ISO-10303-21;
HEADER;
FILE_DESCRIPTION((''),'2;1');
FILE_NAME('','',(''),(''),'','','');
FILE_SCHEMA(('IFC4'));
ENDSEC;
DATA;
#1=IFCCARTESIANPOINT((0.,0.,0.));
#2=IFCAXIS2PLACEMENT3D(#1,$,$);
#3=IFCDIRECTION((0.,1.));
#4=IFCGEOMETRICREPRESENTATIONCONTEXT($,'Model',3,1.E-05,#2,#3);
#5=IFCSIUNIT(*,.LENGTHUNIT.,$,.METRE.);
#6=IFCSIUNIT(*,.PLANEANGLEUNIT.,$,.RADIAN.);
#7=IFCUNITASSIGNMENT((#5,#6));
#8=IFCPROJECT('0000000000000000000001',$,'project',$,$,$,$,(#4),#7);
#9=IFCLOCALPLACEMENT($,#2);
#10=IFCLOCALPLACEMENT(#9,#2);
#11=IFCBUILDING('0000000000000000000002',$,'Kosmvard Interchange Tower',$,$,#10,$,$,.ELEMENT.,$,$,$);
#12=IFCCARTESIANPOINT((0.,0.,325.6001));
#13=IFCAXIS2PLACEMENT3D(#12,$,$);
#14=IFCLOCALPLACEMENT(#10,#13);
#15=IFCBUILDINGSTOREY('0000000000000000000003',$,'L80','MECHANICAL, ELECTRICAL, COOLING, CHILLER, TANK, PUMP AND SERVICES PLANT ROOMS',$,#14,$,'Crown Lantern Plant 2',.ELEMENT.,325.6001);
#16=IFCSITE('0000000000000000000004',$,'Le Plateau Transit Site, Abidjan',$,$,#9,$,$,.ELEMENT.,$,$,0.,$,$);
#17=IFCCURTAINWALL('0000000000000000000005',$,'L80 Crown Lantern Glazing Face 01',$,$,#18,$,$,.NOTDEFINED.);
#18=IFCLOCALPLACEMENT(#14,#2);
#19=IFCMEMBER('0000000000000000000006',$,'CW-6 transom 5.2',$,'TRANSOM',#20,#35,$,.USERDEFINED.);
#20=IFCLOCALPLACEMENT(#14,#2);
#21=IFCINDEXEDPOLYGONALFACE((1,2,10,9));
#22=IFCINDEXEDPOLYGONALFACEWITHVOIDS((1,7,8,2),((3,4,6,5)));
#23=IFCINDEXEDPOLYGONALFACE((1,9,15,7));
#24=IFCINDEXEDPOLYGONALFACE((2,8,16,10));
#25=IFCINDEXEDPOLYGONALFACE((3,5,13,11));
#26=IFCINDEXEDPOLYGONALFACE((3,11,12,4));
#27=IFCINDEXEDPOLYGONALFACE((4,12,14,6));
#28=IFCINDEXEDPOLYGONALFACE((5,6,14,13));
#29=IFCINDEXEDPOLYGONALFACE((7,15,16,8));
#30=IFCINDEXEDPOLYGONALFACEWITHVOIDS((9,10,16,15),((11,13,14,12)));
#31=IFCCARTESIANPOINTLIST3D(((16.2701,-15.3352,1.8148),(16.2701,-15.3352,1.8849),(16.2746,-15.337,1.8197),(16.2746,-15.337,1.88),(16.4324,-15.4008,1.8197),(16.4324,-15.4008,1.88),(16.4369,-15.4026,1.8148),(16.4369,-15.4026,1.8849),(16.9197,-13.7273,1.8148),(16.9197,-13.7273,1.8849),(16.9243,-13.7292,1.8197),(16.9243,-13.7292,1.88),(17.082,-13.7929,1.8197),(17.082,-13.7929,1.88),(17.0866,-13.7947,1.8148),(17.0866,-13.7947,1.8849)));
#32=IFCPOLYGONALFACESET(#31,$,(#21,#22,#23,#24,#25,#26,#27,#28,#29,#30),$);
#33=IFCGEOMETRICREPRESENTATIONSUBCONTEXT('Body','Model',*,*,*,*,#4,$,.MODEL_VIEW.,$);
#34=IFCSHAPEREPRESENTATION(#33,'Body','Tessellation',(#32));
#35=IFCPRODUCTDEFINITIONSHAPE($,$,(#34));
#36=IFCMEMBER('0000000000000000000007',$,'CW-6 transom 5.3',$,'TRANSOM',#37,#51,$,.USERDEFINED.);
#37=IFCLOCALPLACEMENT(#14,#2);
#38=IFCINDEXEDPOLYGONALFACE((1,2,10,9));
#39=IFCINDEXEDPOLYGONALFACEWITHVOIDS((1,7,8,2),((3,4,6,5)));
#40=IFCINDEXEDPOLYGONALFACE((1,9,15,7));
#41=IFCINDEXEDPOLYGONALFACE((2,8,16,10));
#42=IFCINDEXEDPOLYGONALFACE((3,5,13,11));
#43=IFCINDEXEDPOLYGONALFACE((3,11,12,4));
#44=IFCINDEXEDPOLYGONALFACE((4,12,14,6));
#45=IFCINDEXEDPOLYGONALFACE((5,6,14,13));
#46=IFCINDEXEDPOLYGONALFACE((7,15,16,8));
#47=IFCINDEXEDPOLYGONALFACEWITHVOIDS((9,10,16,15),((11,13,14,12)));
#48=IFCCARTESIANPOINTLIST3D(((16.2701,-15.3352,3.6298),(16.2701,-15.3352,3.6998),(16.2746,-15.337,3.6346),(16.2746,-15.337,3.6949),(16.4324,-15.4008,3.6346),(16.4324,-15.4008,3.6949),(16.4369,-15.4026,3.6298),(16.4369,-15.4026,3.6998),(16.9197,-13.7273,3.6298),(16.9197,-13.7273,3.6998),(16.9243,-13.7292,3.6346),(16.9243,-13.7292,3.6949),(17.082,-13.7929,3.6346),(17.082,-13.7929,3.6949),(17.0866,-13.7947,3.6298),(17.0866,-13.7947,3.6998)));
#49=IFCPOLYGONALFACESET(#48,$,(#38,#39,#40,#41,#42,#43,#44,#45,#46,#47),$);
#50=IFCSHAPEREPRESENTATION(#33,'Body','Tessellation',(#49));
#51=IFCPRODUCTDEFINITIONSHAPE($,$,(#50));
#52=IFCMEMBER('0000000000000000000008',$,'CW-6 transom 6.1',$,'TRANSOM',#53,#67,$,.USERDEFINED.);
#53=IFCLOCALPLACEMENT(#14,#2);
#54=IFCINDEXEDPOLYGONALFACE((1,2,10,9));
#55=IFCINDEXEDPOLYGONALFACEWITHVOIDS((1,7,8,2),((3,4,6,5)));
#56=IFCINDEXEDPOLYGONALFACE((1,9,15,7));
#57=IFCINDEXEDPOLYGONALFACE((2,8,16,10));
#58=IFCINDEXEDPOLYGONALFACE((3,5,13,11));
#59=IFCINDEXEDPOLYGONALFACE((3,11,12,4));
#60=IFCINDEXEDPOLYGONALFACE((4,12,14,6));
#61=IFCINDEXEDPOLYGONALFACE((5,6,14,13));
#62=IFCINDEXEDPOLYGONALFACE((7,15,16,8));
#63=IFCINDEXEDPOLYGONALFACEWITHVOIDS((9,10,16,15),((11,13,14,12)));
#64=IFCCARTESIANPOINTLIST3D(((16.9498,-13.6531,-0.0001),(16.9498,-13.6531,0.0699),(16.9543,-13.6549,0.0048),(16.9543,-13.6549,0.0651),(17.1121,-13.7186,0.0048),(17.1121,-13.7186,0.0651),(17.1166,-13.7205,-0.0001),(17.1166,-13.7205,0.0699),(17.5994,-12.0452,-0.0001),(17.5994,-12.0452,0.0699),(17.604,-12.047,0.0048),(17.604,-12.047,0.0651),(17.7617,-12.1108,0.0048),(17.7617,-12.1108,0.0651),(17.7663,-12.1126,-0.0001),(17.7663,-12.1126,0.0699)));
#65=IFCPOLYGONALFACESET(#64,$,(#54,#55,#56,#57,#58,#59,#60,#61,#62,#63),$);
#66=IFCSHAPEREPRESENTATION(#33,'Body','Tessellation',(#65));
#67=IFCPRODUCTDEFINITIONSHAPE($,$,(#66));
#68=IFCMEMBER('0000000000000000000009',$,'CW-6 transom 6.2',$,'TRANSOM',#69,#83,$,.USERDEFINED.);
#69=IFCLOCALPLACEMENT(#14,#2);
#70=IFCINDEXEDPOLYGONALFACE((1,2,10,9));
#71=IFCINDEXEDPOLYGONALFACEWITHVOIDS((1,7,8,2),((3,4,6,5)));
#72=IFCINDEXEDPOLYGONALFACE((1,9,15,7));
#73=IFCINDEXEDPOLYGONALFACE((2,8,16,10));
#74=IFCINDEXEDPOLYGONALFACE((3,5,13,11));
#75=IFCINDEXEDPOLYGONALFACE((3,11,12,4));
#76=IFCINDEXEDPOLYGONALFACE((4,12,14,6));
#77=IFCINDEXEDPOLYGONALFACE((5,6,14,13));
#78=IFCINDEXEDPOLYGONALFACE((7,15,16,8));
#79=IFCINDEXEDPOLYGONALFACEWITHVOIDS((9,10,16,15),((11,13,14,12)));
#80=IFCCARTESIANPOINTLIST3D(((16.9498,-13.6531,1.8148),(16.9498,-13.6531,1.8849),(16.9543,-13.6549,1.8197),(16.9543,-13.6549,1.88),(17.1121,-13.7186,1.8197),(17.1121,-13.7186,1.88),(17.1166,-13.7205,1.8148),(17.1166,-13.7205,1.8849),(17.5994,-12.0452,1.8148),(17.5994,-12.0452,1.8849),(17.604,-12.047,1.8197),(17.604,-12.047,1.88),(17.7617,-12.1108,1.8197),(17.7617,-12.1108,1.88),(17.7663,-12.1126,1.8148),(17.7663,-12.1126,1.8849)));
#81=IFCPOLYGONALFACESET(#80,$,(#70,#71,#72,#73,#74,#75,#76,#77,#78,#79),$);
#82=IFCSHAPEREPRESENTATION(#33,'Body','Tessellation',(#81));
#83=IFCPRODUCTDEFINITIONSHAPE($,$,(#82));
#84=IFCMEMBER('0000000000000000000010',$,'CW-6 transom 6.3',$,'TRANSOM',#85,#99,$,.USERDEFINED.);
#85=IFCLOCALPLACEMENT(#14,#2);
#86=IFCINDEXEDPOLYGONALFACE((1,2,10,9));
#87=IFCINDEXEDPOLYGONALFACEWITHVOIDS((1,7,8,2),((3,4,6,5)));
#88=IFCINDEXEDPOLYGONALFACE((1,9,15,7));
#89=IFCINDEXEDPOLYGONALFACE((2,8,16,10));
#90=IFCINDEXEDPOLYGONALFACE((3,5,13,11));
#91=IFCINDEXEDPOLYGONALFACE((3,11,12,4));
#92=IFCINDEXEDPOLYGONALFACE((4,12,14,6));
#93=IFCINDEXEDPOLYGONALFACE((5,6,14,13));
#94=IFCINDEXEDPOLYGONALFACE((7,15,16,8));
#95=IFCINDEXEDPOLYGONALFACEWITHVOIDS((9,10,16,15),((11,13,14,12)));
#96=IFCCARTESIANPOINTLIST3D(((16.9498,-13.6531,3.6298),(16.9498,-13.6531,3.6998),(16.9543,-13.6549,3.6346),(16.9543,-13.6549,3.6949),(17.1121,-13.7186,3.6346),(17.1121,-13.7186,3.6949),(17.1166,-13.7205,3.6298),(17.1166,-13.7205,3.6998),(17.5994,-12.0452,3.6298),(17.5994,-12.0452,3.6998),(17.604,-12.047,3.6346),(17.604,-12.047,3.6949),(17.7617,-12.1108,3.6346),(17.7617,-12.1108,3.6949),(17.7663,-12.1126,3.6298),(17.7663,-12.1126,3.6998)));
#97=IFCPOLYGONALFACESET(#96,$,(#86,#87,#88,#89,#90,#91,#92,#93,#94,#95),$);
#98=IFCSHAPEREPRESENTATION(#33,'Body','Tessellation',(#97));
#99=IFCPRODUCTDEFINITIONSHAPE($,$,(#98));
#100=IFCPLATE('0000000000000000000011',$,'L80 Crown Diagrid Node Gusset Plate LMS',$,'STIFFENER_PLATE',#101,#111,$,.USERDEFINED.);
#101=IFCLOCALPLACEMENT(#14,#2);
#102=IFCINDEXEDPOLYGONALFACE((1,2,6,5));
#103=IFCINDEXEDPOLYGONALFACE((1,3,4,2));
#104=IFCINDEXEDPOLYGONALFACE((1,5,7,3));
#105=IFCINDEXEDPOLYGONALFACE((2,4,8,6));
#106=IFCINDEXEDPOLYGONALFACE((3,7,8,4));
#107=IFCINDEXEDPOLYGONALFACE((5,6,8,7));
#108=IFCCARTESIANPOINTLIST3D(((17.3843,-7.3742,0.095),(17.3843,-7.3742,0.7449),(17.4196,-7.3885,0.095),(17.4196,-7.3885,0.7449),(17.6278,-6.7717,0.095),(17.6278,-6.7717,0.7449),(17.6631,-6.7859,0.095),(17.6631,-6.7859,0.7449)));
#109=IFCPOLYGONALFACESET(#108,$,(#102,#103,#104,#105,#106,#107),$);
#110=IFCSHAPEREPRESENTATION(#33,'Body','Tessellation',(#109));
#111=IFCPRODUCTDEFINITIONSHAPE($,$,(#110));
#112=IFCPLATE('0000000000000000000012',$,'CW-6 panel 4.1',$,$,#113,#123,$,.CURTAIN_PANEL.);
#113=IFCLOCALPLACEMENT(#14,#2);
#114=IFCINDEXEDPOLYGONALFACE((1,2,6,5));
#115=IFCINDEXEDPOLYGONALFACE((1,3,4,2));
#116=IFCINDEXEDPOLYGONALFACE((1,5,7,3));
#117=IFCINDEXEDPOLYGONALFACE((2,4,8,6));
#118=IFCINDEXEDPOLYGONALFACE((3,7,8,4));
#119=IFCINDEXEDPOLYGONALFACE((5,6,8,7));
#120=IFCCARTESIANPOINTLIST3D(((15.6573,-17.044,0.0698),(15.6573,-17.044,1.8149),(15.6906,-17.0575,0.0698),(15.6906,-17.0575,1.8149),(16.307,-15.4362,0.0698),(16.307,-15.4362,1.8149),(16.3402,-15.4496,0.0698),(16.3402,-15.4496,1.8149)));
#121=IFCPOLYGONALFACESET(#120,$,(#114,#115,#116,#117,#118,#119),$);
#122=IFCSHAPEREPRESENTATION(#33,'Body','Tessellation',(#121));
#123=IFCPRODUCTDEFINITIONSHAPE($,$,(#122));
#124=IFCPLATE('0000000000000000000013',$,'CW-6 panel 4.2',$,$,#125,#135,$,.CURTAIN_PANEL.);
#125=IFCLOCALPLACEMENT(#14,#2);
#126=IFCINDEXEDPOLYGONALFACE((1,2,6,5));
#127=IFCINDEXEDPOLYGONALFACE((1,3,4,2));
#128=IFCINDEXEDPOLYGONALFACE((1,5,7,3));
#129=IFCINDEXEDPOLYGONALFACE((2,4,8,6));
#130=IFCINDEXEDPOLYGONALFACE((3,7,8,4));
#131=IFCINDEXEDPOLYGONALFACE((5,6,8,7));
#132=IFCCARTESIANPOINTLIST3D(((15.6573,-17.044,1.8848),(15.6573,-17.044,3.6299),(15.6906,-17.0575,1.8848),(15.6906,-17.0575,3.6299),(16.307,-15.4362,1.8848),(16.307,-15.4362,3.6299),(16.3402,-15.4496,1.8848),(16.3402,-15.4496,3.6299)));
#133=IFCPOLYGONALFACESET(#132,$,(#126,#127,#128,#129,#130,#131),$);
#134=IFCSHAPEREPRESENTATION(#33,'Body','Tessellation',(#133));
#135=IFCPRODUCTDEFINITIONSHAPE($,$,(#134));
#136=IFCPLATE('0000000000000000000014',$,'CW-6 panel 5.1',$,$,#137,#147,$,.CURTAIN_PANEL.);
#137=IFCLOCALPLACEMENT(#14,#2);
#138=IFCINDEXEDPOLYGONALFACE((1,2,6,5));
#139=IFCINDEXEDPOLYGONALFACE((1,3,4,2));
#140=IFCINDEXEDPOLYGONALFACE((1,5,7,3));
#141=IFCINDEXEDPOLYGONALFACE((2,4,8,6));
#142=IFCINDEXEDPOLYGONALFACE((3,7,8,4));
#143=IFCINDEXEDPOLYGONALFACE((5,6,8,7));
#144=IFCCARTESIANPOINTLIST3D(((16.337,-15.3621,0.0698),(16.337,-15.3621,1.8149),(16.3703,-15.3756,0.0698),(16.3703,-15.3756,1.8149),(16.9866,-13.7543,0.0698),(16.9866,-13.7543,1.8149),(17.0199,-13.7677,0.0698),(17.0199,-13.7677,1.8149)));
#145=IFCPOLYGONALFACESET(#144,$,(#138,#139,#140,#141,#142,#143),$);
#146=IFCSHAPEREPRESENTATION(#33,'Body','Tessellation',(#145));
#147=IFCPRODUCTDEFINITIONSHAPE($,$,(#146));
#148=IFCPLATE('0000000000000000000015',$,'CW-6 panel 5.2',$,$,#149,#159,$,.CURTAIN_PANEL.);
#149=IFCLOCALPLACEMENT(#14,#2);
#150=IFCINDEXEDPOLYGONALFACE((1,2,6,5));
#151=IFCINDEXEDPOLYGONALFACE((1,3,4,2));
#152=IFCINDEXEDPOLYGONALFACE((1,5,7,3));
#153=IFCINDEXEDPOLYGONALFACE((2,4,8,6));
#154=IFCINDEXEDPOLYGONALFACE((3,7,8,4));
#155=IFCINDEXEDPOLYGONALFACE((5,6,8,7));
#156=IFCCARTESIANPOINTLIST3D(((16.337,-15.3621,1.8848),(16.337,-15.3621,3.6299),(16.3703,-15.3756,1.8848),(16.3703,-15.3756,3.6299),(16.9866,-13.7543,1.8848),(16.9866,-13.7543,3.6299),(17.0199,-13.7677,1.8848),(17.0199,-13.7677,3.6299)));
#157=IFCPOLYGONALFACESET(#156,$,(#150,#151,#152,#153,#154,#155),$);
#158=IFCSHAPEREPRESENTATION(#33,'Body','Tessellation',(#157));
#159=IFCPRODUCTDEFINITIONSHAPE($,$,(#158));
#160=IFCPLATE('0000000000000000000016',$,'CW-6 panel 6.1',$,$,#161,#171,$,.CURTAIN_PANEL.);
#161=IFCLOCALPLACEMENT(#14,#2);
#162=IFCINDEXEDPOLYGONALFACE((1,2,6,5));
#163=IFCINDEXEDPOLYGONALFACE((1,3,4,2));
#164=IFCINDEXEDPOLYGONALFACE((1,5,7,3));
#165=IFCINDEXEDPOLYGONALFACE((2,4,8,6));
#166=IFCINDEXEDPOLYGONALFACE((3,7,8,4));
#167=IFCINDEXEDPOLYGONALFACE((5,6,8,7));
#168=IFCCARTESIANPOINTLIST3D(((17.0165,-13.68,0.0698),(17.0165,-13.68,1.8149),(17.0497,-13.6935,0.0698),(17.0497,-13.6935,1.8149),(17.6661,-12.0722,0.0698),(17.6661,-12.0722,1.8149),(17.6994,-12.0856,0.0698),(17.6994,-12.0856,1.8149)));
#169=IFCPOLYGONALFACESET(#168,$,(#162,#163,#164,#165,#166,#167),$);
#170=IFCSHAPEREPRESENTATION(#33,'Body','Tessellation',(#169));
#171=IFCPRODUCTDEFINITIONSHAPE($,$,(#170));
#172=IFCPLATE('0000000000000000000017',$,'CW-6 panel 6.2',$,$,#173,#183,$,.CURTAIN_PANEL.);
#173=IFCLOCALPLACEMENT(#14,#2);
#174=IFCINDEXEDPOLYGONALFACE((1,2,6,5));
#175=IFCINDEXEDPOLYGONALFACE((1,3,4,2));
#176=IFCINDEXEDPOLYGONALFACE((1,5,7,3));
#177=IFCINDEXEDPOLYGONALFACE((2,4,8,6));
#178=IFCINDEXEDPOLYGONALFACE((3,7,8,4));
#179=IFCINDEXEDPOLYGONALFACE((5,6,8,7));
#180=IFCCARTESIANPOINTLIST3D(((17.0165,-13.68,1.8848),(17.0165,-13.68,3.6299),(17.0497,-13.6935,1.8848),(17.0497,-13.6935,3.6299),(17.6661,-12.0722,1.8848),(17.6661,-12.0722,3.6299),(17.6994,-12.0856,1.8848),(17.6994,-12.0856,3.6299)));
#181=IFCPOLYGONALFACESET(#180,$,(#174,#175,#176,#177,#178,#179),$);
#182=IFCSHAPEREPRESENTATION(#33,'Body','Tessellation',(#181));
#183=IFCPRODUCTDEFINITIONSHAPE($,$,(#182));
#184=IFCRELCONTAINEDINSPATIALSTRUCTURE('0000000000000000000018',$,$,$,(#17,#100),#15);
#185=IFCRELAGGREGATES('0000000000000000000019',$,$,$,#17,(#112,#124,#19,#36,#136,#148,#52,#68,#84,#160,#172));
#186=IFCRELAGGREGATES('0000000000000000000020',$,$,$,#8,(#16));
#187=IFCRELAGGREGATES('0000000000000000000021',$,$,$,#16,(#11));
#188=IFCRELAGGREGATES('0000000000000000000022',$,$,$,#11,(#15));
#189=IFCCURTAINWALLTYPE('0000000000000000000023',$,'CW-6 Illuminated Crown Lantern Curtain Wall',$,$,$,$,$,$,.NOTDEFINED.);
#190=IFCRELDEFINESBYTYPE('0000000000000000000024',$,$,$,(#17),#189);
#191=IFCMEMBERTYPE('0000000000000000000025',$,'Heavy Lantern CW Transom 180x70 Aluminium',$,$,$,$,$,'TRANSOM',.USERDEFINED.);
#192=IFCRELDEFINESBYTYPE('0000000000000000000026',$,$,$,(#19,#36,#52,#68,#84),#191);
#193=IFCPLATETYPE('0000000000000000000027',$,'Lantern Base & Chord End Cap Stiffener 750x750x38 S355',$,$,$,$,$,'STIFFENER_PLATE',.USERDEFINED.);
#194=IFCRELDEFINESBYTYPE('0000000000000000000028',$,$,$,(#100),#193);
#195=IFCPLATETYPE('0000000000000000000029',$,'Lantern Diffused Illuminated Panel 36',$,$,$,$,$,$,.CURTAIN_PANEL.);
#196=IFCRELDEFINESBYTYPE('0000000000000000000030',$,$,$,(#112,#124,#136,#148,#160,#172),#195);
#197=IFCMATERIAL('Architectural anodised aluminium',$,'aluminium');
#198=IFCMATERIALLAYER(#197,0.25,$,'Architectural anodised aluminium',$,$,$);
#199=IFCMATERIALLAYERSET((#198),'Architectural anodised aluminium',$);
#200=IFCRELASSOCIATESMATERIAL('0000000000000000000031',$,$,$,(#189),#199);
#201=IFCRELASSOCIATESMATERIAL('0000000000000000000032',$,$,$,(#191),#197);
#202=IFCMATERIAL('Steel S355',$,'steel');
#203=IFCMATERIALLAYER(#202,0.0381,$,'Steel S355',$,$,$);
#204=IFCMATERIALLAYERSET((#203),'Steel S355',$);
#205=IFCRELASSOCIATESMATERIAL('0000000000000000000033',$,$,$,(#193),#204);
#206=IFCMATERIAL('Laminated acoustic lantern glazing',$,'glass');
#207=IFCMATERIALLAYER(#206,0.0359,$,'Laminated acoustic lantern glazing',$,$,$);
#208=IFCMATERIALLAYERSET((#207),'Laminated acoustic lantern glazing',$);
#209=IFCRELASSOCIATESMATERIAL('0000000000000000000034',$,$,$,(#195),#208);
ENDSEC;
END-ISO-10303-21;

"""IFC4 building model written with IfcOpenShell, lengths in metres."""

from ifc_helpers import new_model, si_unit, direction, frame, origin, origin_2d, place, context, subcontext, project, spatial, rectangle, hollow_rectangle, extrude, source, transform, mapped, material, layer, layer_set, material_profile, profile_set, type_object, element, aggregate, save


model = new_model("IFC4")

# Units and contexts
model_context = context("Model", 3, precision=1e-05, world=origin(), true_north=direction((0.0, 1.0)))
body_context = subcontext(model_context, "Body", "Model", "MODEL_VIEW")
ifc_project = project(units=[si_unit("LENGTHUNIT", "METRE"), si_unit("PLANEANGLEUNIT", "RADIAN")], contexts=[model_context])

# Site, building, storey
site_placement = place(None, origin())
site = spatial("IfcSite", under=ifc_project, at=site_placement, Name="Le Plateau Transit Site, Abidjan", CompositionType="ELEMENT", RefElevation=0.0)
building_placement = place(site_placement, origin())
building = spatial("IfcBuilding", under=site, at=building_placement, Name="Kosmvard Interchange Tower", CompositionType="ELEMENT")
storey_placement = place(building_placement, frame((0.0, 0.0, 325.6001)))
storey = spatial("IfcBuildingStorey", under=building, at=storey_placement, Name="L80", Description="MECHANICAL, ELECTRICAL, COOLING, CHILLER, TANK, PUMP AND SERVICES PLANT ROOMS", LongName="Crown Lantern Plant 2", CompositionType="ELEMENT", Elevation=325.6001)

# Shared definitions
ifc_material_1 = material(Name="Steel S355", Category="steel")

# Curtain wall, members
ifc_material_2 = material(Name="Architectural anodised aluminium", Category="aluminium")
ifc_layer_1 = layer(ifc_material_2, 0.25, Name="Architectural anodised aluminium")
ifc_layer_set_1 = layer_set([ifc_layer_1], Name="Architectural anodised aluminium")
curtain_wall_type = type_object("IfcCurtainWallType", Name="CW-6 Illuminated Crown Lantern Curtain Wall", PredefinedType="NOTDEFINED", material=ifc_layer_set_1)
curtain_wall_placement = place(storey_placement, origin())
curtain_wall = element("IfcCurtainWall", 1, at=curtain_wall_placement, inside=storey, type_object=curtain_wall_type, Name="L80 Crown Lantern Glazing Face 01", PredefinedType="NOTDEFINED")
ifc_material_profile_1 = material_profile(ifc_material_2, hollow_rectangle(XDim=0.1799, YDim=0.0701, WallThickness=0.0049, at=origin_2d()), Name="CWT 180x70x5")
ifc_profile_set_1 = profile_set([ifc_material_profile_1], Name="Architectural anodised aluminium")
member_type_1 = type_object("IfcMemberType", Name="Heavy Lantern CW Transom 180x70 Aluminium", ElementType="TRANSOM", PredefinedType="USERDEFINED", material=ifc_profile_set_1)
shared_shape_1 = source(origin(), body_context, "Body", "SweptSolid", [
    extrude(hollow_rectangle(XDim=0.1799, YDim=0.0701, WallThickness=0.0049, at=origin_2d()), origin(), (0.0, 0.0, 1.0), 1.7341),
])
member_1_placement = place(storey_placement, frame((16.3535, -15.3689, 1.8499), z_axis=(0.374617, 0.92718, 0.0), x_axis=(-0.92718, 0.374617, 0.0)))
member_1 = element("IfcMember", 2, at=member_1_placement, type_object=member_type_1, Name="CW-6 transom 5.2", ObjectType="TRANSOM", PredefinedType="USERDEFINED", context=body_context, shape_type="MappedRepresentation", body=[
    mapped(shared_shape_1, transform((0.0, 0.0, 0.0), scale=1.0)),
])
member_2_placement = place(storey_placement, frame((16.3535, -15.3689, 3.6648), z_axis=(0.374617, 0.92718, 0.0), x_axis=(-0.92718, 0.374617, 0.0)))
member_2 = element("IfcMember", 3, at=member_2_placement, type_object=member_type_1, Name="CW-6 transom 5.3", ObjectType="TRANSOM", PredefinedType="USERDEFINED", context=body_context, shape_type="MappedRepresentation", body=[
    mapped(shared_shape_1, transform((0.0, 0.0, 0.0), scale=1.0)),
])
member_3_placement = place(storey_placement, frame((17.0332, -13.6868, 0.0349), z_axis=(0.374617, 0.92718, 0.0), x_axis=(-0.92718, 0.374617, 0.0)))
member_3 = element("IfcMember", 4, at=member_3_placement, type_object=member_type_1, Name="CW-6 transom 6.1", ObjectType="TRANSOM", PredefinedType="USERDEFINED", context=body_context, shape_type="MappedRepresentation", body=[
    mapped(shared_shape_1, transform((0.0, 0.0, 0.0), scale=1.0)),
])
member_4_placement = place(storey_placement, frame((17.0332, -13.6868, 1.8499), z_axis=(0.374617, 0.92718, 0.0), x_axis=(-0.92718, 0.374617, 0.0)))
member_4 = element("IfcMember", 5, at=member_4_placement, type_object=member_type_1, Name="CW-6 transom 6.2", ObjectType="TRANSOM", PredefinedType="USERDEFINED", context=body_context, shape_type="MappedRepresentation", body=[
    mapped(shared_shape_1, transform((0.0, 0.0, 0.0), scale=1.0)),
])
member_5_placement = place(storey_placement, frame((17.0332, -13.6868, 3.6648), z_axis=(0.374617, 0.92718, 0.0), x_axis=(-0.92718, 0.374617, 0.0)))
member_5 = element("IfcMember", 6, at=member_5_placement, type_object=member_type_1, Name="CW-6 transom 6.3", ObjectType="TRANSOM", PredefinedType="USERDEFINED", context=body_context, shape_type="MappedRepresentation", body=[
    mapped(shared_shape_1, transform((0.0, 0.0, 0.0), scale=1.0)),
])

# Plates
ifc_layer_2 = layer(ifc_material_1, 0.0381, Name="Steel S355")
ifc_layer_set_2 = layer_set([ifc_layer_2], Name="Steel S355")
plate_type_1 = type_object("IfcPlateType", Name="Lantern Base & Chord End Cap Stiffener 750x750x38 S355", ElementType="STIFFENER_PLATE", PredefinedType="USERDEFINED", material=ifc_layer_set_2)
shared_shape_2 = source(origin(), body_context, "Body", "SweptSolid", [
    extrude(rectangle(XDim=0.6499, YDim=0.0381, at=origin_2d()), origin(), (0.0, 0.0, 1.0), 0.6499),
])
plate_1_placement = place(storey_placement, frame((17.5237, -7.0801, 0.095), z_axis=(0.0, 0.0, 1.0), x_axis=(0.374607, 0.927184, 0.0)))
element("IfcPlate", 7, at=plate_1_placement, inside=storey, type_object=plate_type_1, Name="L80 Crown Diagrid Node Gusset Plate LMS", ObjectType="STIFFENER_PLATE", PredefinedType="USERDEFINED", context=body_context, shape_type="MappedRepresentation", body=[
    mapped(shared_shape_2, transform((0.0, 0.0, 0.0), scale=1.0)),
])
ifc_material_3 = material(Name="Laminated acoustic lantern glazing", Category="glass")
ifc_layer_3 = layer(ifc_material_3, 0.0359, Name="Laminated acoustic lantern glazing")
ifc_layer_set_3 = layer_set([ifc_layer_3], Name="Laminated acoustic lantern glazing")
plate_type_2 = type_object("IfcPlateType", Name="Lantern Diffused Illuminated Panel 36", PredefinedType="CURTAIN_PANEL", material=ifc_layer_set_3)
shared_shape_3 = source(origin(), body_context, "Body", "SweptSolid", [
    extrude(rectangle(XDim=1.7341, YDim=0.0359, at=origin_2d()), origin(), (0.0, 0.0, 1.0), 1.7451),
])
plate_2_placement = place(storey_placement, frame((15.9988, -16.2468, 0.0698), z_axis=(0.0, 0.0, 1.0), x_axis=(0.374607, 0.927184, 0.0)))
plate_2 = element("IfcPlate", 8, at=plate_2_placement, type_object=plate_type_2, Name="CW-6 panel 4.1", PredefinedType="CURTAIN_PANEL", context=body_context, shape_type="MappedRepresentation", body=[
    mapped(shared_shape_3, transform((0.0, 0.0, 0.0), scale=1.0)),
])
plate_3_placement = place(storey_placement, frame((15.9988, -16.2468, 1.8848), z_axis=(0.0, 0.0, 1.0), x_axis=(0.374607, 0.927184, 0.0)))
plate_3 = element("IfcPlate", 9, at=plate_3_placement, type_object=plate_type_2, Name="CW-6 panel 4.2", PredefinedType="CURTAIN_PANEL", context=body_context, shape_type="MappedRepresentation", body=[
    mapped(shared_shape_3, transform((0.0, 0.0, 0.0), scale=1.0)),
])
plate_4_placement = place(storey_placement, frame((16.6785, -14.5649, 0.0698), z_axis=(0.0, 0.0, 1.0), x_axis=(0.374607, 0.927184, 0.0)))
plate_4 = element("IfcPlate", 10, at=plate_4_placement, type_object=plate_type_2, Name="CW-6 panel 5.1", PredefinedType="CURTAIN_PANEL", context=body_context, shape_type="MappedRepresentation", body=[
    mapped(shared_shape_3, transform((0.0, 0.0, 0.0), scale=1.0)),
])
plate_5_placement = place(storey_placement, frame((16.6785, -14.5649, 1.8848), z_axis=(0.0, 0.0, 1.0), x_axis=(0.374607, 0.927184, 0.0)))
plate_5 = element("IfcPlate", 11, at=plate_5_placement, type_object=plate_type_2, Name="CW-6 panel 5.2", PredefinedType="CURTAIN_PANEL", context=body_context, shape_type="MappedRepresentation", body=[
    mapped(shared_shape_3, transform((0.0, 0.0, 0.0), scale=1.0)),
])
plate_6_placement = place(storey_placement, frame((17.3579, -12.8828, 0.0698), z_axis=(0.0, 0.0, 1.0), x_axis=(0.374607, 0.927184, 0.0)))
plate_6 = element("IfcPlate", 12, at=plate_6_placement, type_object=plate_type_2, Name="CW-6 panel 6.1", PredefinedType="CURTAIN_PANEL", context=body_context, shape_type="MappedRepresentation", body=[
    mapped(shared_shape_3, transform((0.0, 0.0, 0.0), scale=1.0)),
])
plate_7_placement = place(storey_placement, frame((17.3579, -12.8828, 1.8848), z_axis=(0.0, 0.0, 1.0), x_axis=(0.374607, 0.927184, 0.0)))
plate_7 = element("IfcPlate", 13, at=plate_7_placement, type_object=plate_type_2, Name="CW-6 panel 6.2", PredefinedType="CURTAIN_PANEL", context=body_context, shape_type="MappedRepresentation", body=[
    mapped(shared_shape_3, transform((0.0, 0.0, 0.0), scale=1.0)),
])
aggregate(curtain_wall, [plate_2, plate_3, member_1, member_2, plate_4, plate_5, member_3, member_4, member_5, plate_6, plate_7])

save(model, "model.ifc")
